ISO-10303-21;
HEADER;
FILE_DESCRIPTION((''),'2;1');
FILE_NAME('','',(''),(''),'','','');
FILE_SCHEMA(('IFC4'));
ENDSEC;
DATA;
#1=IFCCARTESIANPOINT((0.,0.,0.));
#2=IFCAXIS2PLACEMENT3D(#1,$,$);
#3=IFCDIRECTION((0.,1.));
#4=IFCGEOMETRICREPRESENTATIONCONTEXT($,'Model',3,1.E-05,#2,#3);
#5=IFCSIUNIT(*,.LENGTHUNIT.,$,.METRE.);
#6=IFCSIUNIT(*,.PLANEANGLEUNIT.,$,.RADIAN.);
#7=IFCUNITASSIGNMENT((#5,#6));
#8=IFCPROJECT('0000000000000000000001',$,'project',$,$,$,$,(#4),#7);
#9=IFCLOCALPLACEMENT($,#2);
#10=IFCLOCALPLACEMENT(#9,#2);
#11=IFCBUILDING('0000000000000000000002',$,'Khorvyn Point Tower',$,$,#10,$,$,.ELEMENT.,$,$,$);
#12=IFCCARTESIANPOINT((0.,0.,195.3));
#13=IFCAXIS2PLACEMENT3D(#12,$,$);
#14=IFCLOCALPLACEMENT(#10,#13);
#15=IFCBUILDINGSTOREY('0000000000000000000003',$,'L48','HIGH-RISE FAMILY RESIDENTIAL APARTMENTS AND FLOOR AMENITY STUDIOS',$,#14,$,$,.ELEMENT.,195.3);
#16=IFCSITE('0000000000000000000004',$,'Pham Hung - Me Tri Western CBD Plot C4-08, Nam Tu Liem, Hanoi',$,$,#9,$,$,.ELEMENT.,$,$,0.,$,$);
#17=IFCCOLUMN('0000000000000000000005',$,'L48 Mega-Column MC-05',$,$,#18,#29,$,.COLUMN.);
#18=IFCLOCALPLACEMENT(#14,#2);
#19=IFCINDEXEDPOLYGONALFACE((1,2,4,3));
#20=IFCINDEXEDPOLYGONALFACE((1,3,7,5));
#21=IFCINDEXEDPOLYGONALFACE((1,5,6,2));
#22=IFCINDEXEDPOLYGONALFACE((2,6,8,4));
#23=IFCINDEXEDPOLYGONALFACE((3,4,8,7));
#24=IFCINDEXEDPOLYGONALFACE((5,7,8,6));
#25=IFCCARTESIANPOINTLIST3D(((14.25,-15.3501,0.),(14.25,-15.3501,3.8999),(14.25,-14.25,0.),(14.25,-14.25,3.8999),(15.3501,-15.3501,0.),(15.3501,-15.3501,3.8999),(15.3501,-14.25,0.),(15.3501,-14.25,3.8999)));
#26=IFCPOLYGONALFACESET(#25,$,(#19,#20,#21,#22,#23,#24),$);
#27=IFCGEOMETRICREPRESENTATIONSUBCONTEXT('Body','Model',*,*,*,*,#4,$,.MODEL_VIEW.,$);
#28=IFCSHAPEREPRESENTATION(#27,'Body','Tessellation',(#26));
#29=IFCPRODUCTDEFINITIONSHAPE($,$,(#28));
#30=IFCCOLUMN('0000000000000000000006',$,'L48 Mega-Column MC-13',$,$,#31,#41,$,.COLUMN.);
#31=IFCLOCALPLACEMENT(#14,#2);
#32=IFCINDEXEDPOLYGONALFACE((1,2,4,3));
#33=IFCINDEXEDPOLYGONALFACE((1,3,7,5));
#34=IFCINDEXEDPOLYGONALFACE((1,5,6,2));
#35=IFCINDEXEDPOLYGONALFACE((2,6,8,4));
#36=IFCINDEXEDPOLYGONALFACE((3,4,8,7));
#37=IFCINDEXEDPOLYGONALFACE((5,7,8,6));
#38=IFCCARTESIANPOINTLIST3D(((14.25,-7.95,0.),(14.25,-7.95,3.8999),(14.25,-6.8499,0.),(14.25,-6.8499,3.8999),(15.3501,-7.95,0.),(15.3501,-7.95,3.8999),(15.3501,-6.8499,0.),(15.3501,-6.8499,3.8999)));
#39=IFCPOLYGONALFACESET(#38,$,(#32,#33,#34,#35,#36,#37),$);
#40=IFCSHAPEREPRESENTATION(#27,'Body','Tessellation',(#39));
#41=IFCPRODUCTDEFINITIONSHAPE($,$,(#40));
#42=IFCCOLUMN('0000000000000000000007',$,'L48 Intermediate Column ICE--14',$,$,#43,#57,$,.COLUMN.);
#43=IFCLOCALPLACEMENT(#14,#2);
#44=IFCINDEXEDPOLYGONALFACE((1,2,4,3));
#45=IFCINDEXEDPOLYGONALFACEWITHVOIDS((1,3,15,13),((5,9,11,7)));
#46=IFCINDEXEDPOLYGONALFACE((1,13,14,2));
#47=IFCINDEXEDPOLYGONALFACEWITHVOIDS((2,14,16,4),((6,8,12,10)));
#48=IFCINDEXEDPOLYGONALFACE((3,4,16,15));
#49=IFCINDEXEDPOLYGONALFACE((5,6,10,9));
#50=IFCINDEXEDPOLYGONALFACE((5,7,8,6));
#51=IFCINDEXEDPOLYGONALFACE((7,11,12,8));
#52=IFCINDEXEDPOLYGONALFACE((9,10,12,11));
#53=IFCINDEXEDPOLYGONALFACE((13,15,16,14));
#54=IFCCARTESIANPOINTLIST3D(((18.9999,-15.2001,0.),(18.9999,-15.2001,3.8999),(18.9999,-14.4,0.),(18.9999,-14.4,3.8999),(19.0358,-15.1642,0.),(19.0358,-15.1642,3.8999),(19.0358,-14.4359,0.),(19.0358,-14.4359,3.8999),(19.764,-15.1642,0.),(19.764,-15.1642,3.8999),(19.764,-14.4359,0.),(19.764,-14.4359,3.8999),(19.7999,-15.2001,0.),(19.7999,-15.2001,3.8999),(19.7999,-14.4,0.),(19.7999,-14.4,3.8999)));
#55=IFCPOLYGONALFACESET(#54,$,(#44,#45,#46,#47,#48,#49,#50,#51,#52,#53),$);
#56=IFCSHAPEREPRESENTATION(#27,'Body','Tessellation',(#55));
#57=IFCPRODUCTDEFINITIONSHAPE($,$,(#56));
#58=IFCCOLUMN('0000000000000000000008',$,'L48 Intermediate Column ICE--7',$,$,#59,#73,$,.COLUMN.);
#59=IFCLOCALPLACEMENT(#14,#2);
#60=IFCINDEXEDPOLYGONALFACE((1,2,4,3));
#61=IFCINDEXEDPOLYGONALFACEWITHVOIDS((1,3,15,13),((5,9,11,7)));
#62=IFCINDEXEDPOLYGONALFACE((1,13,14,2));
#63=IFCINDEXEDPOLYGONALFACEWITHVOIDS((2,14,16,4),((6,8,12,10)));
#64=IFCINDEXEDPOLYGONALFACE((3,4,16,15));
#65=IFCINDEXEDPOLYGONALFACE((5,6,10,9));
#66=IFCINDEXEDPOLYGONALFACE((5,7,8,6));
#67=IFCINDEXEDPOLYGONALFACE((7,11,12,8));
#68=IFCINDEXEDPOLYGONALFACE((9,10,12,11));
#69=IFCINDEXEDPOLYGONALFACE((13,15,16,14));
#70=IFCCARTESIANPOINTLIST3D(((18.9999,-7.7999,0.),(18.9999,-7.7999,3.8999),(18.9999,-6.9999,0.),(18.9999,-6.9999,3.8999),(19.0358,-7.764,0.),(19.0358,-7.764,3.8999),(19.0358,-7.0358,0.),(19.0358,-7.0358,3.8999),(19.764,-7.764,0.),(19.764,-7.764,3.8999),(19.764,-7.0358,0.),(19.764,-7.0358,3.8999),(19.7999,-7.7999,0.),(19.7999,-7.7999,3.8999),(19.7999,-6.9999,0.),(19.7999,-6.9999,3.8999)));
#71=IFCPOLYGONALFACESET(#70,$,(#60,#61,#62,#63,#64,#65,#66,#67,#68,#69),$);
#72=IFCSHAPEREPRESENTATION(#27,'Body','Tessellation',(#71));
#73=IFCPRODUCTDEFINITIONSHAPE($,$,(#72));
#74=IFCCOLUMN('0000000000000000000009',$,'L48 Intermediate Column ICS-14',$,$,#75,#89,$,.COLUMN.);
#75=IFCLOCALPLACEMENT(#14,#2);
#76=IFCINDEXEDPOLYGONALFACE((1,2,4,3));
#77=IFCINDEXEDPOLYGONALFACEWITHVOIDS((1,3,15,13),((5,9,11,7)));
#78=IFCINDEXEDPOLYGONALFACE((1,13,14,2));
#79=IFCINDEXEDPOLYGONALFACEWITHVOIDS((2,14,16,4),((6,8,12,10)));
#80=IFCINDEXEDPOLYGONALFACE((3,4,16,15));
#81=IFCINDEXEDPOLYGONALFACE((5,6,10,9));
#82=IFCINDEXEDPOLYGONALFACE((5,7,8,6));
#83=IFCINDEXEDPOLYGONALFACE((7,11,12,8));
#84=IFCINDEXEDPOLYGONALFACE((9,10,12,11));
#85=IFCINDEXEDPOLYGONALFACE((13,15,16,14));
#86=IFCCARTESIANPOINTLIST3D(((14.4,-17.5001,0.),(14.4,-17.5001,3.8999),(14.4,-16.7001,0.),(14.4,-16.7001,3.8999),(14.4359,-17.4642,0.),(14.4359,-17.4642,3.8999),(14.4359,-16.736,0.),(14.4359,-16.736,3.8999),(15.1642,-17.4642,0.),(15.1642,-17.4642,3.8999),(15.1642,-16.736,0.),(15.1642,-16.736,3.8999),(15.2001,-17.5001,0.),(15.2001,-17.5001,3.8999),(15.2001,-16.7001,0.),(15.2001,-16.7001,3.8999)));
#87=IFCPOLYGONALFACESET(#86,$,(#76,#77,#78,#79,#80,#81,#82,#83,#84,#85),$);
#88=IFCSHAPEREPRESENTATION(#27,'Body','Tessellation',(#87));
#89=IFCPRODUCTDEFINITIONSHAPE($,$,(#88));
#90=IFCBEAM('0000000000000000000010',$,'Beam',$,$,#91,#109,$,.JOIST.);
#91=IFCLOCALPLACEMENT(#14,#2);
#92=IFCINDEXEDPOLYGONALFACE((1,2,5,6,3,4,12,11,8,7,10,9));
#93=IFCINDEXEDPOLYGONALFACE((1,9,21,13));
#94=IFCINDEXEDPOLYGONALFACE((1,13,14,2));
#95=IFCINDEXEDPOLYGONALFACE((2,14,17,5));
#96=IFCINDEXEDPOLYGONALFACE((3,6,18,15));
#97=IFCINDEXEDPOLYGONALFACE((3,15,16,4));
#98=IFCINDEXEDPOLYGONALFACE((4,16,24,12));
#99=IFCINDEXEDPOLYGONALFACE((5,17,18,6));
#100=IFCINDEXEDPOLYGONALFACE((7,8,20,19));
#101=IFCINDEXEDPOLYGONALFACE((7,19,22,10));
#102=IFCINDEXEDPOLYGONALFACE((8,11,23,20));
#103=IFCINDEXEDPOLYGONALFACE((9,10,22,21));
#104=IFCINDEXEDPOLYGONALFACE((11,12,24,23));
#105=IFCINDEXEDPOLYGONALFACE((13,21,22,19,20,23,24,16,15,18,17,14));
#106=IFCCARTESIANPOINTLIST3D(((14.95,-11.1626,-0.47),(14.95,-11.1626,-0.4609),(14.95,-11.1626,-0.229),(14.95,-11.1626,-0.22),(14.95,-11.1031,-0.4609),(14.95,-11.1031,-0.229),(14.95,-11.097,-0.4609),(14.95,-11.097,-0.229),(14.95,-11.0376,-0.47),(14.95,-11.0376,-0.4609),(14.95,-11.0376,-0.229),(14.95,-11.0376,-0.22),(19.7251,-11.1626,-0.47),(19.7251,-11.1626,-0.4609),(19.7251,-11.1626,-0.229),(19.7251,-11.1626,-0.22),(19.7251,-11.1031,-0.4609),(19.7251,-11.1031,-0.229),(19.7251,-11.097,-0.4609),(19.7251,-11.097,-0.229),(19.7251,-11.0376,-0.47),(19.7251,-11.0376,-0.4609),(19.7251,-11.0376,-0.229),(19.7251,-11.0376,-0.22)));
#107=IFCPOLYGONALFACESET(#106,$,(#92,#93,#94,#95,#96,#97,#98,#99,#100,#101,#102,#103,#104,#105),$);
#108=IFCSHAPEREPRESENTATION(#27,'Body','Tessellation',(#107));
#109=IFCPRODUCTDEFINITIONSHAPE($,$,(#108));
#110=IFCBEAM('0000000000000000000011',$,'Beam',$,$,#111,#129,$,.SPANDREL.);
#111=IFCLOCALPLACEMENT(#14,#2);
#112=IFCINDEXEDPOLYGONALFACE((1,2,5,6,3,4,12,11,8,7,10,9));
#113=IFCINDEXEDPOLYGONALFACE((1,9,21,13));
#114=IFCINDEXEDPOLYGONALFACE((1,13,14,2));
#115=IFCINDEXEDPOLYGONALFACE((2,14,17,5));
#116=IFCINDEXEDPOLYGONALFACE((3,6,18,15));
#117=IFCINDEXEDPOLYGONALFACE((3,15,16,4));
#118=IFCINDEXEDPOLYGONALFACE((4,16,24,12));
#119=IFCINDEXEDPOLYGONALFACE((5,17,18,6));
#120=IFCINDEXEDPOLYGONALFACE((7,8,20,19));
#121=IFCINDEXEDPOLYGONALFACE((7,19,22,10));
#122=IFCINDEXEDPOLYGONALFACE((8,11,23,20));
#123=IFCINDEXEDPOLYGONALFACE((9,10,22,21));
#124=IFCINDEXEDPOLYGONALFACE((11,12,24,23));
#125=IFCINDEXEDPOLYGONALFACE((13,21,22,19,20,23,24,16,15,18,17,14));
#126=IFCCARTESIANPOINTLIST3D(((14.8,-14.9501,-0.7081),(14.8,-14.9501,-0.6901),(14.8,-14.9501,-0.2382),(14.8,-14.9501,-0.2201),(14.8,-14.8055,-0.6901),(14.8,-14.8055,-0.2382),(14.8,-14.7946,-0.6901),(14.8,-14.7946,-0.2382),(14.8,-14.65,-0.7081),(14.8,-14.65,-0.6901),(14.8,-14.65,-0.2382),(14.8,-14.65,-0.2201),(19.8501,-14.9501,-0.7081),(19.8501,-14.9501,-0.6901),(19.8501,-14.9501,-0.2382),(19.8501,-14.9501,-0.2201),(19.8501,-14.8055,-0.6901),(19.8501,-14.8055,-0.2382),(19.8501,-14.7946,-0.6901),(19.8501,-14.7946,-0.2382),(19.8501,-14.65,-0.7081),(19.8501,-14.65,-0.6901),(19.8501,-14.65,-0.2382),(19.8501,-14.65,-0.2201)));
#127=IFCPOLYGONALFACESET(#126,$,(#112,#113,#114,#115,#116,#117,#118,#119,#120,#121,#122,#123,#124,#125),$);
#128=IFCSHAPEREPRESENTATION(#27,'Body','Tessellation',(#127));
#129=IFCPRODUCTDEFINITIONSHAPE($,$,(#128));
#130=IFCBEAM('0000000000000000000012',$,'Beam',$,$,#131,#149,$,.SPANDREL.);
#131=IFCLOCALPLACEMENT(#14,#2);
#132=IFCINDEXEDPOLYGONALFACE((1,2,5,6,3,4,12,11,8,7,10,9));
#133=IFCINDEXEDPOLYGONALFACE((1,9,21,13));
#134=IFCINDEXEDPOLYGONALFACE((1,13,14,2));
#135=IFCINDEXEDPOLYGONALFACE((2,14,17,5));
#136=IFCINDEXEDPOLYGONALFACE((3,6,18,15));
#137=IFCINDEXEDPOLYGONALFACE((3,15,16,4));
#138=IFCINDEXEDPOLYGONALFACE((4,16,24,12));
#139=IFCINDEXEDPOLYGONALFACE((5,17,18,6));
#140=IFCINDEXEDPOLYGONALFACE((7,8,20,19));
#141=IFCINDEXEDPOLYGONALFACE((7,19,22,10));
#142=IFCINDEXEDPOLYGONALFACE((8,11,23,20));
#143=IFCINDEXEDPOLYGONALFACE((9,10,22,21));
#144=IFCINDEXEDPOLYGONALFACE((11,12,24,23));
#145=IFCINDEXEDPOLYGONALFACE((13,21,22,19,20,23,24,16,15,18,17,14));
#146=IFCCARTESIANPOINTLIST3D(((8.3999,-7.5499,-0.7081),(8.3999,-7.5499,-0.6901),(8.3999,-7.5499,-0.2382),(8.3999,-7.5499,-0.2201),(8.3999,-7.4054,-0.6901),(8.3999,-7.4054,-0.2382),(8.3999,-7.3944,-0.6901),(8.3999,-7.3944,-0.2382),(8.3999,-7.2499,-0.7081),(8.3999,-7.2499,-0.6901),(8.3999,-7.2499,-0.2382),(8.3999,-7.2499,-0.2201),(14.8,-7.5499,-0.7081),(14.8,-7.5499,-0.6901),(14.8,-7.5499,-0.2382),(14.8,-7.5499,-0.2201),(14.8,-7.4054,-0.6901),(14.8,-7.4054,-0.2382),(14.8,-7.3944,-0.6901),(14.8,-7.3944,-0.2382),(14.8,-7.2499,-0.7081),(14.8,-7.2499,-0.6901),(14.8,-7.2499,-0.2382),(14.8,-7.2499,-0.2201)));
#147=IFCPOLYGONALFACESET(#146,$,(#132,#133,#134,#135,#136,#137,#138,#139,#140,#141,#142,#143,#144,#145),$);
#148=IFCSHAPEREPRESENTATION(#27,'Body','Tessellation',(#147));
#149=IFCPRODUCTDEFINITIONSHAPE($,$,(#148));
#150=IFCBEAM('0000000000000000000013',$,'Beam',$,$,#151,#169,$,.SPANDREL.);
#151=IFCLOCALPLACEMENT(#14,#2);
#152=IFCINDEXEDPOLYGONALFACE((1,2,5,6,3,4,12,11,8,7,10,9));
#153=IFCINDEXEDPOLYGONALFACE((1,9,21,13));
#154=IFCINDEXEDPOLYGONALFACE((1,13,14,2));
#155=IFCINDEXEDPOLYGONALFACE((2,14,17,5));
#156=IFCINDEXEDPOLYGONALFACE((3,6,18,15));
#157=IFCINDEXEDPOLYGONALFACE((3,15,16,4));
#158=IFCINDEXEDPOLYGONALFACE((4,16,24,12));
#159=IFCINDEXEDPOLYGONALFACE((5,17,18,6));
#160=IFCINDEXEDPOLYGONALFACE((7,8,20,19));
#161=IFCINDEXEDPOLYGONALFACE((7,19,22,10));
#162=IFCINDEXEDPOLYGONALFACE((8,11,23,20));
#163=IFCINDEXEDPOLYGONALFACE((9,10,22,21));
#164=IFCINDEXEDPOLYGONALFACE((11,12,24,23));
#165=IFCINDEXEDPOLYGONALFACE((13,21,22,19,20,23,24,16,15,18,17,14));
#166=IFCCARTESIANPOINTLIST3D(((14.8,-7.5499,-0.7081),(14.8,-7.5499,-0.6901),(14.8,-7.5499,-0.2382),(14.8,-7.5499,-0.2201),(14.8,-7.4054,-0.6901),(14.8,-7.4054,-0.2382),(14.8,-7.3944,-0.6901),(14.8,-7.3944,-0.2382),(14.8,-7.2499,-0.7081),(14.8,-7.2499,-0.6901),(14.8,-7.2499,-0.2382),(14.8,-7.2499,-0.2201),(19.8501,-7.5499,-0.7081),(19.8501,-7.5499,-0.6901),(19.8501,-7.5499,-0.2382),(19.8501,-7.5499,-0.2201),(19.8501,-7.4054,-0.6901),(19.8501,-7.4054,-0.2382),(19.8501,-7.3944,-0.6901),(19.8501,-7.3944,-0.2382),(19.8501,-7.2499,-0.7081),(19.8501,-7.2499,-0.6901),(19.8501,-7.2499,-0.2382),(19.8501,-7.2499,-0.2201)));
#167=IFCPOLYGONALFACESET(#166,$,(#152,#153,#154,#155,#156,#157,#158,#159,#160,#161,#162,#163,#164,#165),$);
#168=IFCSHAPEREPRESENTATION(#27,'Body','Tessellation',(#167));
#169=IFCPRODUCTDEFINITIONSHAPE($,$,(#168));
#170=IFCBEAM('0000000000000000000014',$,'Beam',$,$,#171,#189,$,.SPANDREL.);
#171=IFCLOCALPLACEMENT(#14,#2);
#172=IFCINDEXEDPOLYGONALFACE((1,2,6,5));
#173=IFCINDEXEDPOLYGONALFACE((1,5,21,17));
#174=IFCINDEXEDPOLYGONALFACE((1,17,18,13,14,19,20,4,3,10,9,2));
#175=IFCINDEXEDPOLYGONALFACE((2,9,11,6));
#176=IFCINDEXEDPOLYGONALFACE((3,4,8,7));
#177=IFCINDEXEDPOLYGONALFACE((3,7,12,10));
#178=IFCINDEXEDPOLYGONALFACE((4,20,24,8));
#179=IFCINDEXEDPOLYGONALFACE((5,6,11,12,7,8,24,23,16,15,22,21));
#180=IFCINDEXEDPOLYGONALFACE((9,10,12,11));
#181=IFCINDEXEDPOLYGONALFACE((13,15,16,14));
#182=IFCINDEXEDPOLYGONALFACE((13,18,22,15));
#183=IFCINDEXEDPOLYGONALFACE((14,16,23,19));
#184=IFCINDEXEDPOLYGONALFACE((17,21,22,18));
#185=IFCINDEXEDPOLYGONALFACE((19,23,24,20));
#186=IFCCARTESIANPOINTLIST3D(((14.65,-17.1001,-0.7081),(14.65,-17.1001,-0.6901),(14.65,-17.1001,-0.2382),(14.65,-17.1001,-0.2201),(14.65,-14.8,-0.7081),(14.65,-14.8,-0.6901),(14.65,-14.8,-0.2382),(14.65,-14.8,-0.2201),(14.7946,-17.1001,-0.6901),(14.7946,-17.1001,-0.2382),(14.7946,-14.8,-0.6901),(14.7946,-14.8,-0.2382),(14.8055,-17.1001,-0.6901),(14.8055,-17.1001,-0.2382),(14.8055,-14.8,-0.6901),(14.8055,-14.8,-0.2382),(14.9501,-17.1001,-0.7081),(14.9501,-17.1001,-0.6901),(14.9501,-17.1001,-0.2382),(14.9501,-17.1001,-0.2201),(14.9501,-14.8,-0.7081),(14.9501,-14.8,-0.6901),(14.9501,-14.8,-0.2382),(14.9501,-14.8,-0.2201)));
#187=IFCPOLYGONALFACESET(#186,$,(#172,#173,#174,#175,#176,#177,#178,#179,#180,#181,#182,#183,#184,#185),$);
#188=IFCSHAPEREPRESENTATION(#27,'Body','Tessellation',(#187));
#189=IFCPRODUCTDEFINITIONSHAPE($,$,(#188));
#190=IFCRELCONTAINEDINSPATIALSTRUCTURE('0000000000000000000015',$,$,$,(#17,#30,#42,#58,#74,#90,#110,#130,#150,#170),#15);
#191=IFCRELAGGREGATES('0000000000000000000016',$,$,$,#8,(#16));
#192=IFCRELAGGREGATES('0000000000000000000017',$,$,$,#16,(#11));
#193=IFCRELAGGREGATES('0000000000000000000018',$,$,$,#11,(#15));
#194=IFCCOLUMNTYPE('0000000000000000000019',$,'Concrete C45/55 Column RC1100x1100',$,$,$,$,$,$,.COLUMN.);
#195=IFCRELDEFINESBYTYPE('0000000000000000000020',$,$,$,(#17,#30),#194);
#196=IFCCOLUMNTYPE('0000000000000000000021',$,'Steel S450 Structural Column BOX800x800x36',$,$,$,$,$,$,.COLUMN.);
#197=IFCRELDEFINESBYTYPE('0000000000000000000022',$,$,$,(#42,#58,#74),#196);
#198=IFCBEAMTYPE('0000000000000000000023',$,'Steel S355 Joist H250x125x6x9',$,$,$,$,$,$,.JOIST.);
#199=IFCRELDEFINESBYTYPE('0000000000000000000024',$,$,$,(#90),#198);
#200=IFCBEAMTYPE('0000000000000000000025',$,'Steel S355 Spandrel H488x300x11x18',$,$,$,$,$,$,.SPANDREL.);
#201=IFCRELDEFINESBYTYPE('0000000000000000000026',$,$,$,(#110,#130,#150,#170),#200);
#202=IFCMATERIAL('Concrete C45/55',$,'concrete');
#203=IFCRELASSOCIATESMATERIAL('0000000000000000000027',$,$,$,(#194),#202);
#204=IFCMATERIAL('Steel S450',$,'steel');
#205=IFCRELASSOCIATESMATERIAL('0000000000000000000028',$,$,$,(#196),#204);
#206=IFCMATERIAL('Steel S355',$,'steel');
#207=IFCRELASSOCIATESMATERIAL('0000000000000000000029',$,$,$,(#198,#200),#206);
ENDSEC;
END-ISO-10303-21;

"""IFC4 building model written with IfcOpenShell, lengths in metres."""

from ifc_helpers import new_model, si_unit, direction, frame, origin, origin_2d, place, context, subcontext, project, spatial, rectangle, hollow_rectangle, i_section, extrude, material, material_profile, profile_set, type_object, element, save


model = new_model("IFC4")

# Units and contexts
model_context = context("Model", 3, precision=1e-05, world=origin(), true_north=direction((0.0, 1.0)))
body_context = subcontext(model_context, "Body", "Model", "MODEL_VIEW")
ifc_project = project(units=[si_unit("LENGTHUNIT", "METRE"), si_unit("PLANEANGLEUNIT", "RADIAN")], contexts=[model_context])

# Site, building, storey
site_placement = place(None, origin())
site = spatial("IfcSite", under=ifc_project, at=site_placement, Name="Pham Hung - Me Tri Western CBD Plot C4-08, Nam Tu Liem, Hanoi", CompositionType="ELEMENT", RefElevation=0.0)
building_placement = place(site_placement, origin())
building = spatial("IfcBuilding", under=site, at=building_placement, Name="Khorvyn Point Tower", CompositionType="ELEMENT")
storey_placement = place(building_placement, frame((0.0, 0.0, 195.3)))
storey = spatial("IfcBuildingStorey", under=building, at=storey_placement, Name="L48", Description="HIGH-RISE FAMILY RESIDENTIAL APARTMENTS AND FLOOR AMENITY STUDIOS", CompositionType="ELEMENT", Elevation=195.3)

# Columns
ifc_material_1 = material(Name="Concrete C45/55", Category="concrete")
ifc_material_profile_1 = material_profile(ifc_material_1, rectangle(XDim=1.1001, YDim=1.1001, at=origin_2d()))
ifc_profile_set_1 = profile_set([ifc_material_profile_1], Name="Concrete C45/55 RC1100x1100")
column_type_1 = type_object("IfcColumnType", Name="Concrete C45/55 Column RC1100x1100", PredefinedType="COLUMN", material=ifc_profile_set_1)
for number, where, z_axis, x_axis, name in (
    (1, (14.8, -14.8, 0.0), (0.0, 0.0, 1.0), (1.0, 0.0, 0.0), "L48 Mega-Column MC-05"),
    (2, (14.8, -7.3999, 0.0), (0.0, 0.0, 1.0), (1.0, 0.0, 0.0), "L48 Mega-Column MC-13"),
):
    element("IfcColumn", number, at=place(storey_placement, frame(where, z_axis=z_axis, x_axis=x_axis)), inside=storey, type_object=column_type_1, Name=name, PredefinedType="COLUMN", context=body_context, shape_type="SweptSolid", body=[
        extrude(rectangle(XDim=1.1001, YDim=1.1001, at=origin_2d()), origin(), (0.0, 0.0, 1.0), 3.8999),
    ])
ifc_material_2 = material(Name="Steel S450", Category="steel")
ifc_material_profile_2 = material_profile(ifc_material_2, hollow_rectangle(XDim=0.8, YDim=0.8, WallThickness=0.0359, at=origin_2d()))
ifc_profile_set_2 = profile_set([ifc_material_profile_2], Name="Steel S450 BOX800x800x36")
column_type_2 = type_object("IfcColumnType", Name="Steel S450 Structural Column BOX800x800x36", PredefinedType="COLUMN", material=ifc_profile_set_2)
for number, where, z_axis, x_axis, name in (
    (3, (19.3999, -14.8, 0.0), (0.0, 0.0, 1.0), (1.0, 0.0, 0.0), "L48 Intermediate Column ICE--14"),
    (4, (19.3999, -7.3999, 0.0), (0.0, 0.0, 1.0), (1.0, 0.0, 0.0), "L48 Intermediate Column ICE--7"),
    (5, (14.8, -17.1001, 0.0), (0.0, 0.0, 1.0), (1.0, 0.0, 0.0), "L48 Intermediate Column ICS-14"),
):
    element("IfcColumn", number, at=place(storey_placement, frame(where, z_axis=z_axis, x_axis=x_axis)), inside=storey, type_object=column_type_2, Name=name, PredefinedType="COLUMN", context=body_context, shape_type="SweptSolid", body=[
        extrude(hollow_rectangle(XDim=0.8, YDim=0.8, WallThickness=0.0359, at=origin_2d()), origin(), (0.0, 0.0, 1.0), 3.8999),
    ])

# Beams
ifc_material_3 = material(Name="Steel S355", Category="steel")
ifc_material_profile_3 = material_profile(ifc_material_3, i_section(OverallWidth=0.125, OverallDepth=0.25, WebThickness=0.0061, FlangeThickness=0.009, at=origin_2d()))
ifc_profile_set_3 = profile_set([ifc_material_profile_3], Name="Steel S355 H250x125x6x9")
beam_type_1 = type_object("IfcBeamType", Name="Steel S355 Joist H250x125x6x9", PredefinedType="JOIST", material=ifc_profile_set_3)
beam_1_placement = place(storey_placement, frame((14.95, -11.1001, -0.345), z_axis=(1.0, 0.0, 0.0), x_axis=(0.0, 1.0, 0.0)))
element("IfcBeam", 6, at=beam_1_placement, inside=storey, type_object=beam_type_1, Name="Beam", PredefinedType="JOIST", context=body_context, shape_type="SweptSolid", body=[
    extrude(i_section(OverallWidth=0.125, OverallDepth=0.25, WebThickness=0.0061, FlangeThickness=0.009, at=origin_2d()), origin(), (0.0, 0.0, 1.0), 4.7751),
])
ifc_material_profile_4 = material_profile(ifc_material_3, i_section(OverallWidth=0.3, OverallDepth=0.488, WebThickness=0.011, FlangeThickness=0.0181, at=origin_2d()))
ifc_profile_set_4 = profile_set([ifc_material_profile_4], Name="Steel S355 H488x300x11x18")
beam_type_2 = type_object("IfcBeamType", Name="Steel S355 Spandrel H488x300x11x18", PredefinedType="SPANDREL", material=ifc_profile_set_4)
beam_2_placement = place(storey_placement, frame((14.8, -14.8, -0.4641), z_axis=(1.0, 0.0, 0.0), x_axis=(0.0, 1.0, 0.0)))
element("IfcBeam", 7, at=beam_2_placement, inside=storey, type_object=beam_type_2, Name="Beam", PredefinedType="SPANDREL", context=body_context, shape_type="SweptSolid", body=[
    extrude(i_section(OverallWidth=0.3, OverallDepth=0.488, WebThickness=0.011, FlangeThickness=0.0181, at=origin_2d()), origin(), (0.0, 0.0, 1.0), 5.05),
])
beam_3_placement = place(storey_placement, frame((8.3999, -7.3999, -0.4641), z_axis=(1.0, 0.0, 0.0), x_axis=(0.0, 1.0, 0.0)))
element("IfcBeam", 8, at=beam_3_placement, inside=storey, type_object=beam_type_2, Name="Beam", PredefinedType="SPANDREL", context=body_context, shape_type="SweptSolid", body=[
    extrude(i_section(OverallWidth=0.3, OverallDepth=0.488, WebThickness=0.011, FlangeThickness=0.0181, at=origin_2d()), origin(), (0.0, 0.0, 1.0), 6.4001),
])
beam_4_placement = place(storey_placement, frame((14.8, -7.3999, -0.4641), z_axis=(1.0, 0.0, 0.0), x_axis=(0.0, 1.0, 0.0)))
element("IfcBeam", 9, at=beam_4_placement, inside=storey, type_object=beam_type_2, Name="Beam", PredefinedType="SPANDREL", context=body_context, shape_type="SweptSolid", body=[
    extrude(i_section(OverallWidth=0.3, OverallDepth=0.488, WebThickness=0.011, FlangeThickness=0.0181, at=origin_2d()), origin(), (0.0, 0.0, 1.0), 5.05),
])
beam_5_placement = place(storey_placement, frame((14.8, -17.1001, -0.4641), z_axis=(0.0, 1.0, 0.0), x_axis=(-1.0, 0.0, 0.0)))
element("IfcBeam", 10, at=beam_5_placement, inside=storey, type_object=beam_type_2, Name="Beam", PredefinedType="SPANDREL", context=body_context, shape_type="SweptSolid", body=[
    extrude(i_section(OverallWidth=0.3, OverallDepth=0.488, WebThickness=0.011, FlangeThickness=0.0181, at=origin_2d()), origin(), (0.0, 0.0, 1.0), 2.3),
])

save(model, "model.ifc")
